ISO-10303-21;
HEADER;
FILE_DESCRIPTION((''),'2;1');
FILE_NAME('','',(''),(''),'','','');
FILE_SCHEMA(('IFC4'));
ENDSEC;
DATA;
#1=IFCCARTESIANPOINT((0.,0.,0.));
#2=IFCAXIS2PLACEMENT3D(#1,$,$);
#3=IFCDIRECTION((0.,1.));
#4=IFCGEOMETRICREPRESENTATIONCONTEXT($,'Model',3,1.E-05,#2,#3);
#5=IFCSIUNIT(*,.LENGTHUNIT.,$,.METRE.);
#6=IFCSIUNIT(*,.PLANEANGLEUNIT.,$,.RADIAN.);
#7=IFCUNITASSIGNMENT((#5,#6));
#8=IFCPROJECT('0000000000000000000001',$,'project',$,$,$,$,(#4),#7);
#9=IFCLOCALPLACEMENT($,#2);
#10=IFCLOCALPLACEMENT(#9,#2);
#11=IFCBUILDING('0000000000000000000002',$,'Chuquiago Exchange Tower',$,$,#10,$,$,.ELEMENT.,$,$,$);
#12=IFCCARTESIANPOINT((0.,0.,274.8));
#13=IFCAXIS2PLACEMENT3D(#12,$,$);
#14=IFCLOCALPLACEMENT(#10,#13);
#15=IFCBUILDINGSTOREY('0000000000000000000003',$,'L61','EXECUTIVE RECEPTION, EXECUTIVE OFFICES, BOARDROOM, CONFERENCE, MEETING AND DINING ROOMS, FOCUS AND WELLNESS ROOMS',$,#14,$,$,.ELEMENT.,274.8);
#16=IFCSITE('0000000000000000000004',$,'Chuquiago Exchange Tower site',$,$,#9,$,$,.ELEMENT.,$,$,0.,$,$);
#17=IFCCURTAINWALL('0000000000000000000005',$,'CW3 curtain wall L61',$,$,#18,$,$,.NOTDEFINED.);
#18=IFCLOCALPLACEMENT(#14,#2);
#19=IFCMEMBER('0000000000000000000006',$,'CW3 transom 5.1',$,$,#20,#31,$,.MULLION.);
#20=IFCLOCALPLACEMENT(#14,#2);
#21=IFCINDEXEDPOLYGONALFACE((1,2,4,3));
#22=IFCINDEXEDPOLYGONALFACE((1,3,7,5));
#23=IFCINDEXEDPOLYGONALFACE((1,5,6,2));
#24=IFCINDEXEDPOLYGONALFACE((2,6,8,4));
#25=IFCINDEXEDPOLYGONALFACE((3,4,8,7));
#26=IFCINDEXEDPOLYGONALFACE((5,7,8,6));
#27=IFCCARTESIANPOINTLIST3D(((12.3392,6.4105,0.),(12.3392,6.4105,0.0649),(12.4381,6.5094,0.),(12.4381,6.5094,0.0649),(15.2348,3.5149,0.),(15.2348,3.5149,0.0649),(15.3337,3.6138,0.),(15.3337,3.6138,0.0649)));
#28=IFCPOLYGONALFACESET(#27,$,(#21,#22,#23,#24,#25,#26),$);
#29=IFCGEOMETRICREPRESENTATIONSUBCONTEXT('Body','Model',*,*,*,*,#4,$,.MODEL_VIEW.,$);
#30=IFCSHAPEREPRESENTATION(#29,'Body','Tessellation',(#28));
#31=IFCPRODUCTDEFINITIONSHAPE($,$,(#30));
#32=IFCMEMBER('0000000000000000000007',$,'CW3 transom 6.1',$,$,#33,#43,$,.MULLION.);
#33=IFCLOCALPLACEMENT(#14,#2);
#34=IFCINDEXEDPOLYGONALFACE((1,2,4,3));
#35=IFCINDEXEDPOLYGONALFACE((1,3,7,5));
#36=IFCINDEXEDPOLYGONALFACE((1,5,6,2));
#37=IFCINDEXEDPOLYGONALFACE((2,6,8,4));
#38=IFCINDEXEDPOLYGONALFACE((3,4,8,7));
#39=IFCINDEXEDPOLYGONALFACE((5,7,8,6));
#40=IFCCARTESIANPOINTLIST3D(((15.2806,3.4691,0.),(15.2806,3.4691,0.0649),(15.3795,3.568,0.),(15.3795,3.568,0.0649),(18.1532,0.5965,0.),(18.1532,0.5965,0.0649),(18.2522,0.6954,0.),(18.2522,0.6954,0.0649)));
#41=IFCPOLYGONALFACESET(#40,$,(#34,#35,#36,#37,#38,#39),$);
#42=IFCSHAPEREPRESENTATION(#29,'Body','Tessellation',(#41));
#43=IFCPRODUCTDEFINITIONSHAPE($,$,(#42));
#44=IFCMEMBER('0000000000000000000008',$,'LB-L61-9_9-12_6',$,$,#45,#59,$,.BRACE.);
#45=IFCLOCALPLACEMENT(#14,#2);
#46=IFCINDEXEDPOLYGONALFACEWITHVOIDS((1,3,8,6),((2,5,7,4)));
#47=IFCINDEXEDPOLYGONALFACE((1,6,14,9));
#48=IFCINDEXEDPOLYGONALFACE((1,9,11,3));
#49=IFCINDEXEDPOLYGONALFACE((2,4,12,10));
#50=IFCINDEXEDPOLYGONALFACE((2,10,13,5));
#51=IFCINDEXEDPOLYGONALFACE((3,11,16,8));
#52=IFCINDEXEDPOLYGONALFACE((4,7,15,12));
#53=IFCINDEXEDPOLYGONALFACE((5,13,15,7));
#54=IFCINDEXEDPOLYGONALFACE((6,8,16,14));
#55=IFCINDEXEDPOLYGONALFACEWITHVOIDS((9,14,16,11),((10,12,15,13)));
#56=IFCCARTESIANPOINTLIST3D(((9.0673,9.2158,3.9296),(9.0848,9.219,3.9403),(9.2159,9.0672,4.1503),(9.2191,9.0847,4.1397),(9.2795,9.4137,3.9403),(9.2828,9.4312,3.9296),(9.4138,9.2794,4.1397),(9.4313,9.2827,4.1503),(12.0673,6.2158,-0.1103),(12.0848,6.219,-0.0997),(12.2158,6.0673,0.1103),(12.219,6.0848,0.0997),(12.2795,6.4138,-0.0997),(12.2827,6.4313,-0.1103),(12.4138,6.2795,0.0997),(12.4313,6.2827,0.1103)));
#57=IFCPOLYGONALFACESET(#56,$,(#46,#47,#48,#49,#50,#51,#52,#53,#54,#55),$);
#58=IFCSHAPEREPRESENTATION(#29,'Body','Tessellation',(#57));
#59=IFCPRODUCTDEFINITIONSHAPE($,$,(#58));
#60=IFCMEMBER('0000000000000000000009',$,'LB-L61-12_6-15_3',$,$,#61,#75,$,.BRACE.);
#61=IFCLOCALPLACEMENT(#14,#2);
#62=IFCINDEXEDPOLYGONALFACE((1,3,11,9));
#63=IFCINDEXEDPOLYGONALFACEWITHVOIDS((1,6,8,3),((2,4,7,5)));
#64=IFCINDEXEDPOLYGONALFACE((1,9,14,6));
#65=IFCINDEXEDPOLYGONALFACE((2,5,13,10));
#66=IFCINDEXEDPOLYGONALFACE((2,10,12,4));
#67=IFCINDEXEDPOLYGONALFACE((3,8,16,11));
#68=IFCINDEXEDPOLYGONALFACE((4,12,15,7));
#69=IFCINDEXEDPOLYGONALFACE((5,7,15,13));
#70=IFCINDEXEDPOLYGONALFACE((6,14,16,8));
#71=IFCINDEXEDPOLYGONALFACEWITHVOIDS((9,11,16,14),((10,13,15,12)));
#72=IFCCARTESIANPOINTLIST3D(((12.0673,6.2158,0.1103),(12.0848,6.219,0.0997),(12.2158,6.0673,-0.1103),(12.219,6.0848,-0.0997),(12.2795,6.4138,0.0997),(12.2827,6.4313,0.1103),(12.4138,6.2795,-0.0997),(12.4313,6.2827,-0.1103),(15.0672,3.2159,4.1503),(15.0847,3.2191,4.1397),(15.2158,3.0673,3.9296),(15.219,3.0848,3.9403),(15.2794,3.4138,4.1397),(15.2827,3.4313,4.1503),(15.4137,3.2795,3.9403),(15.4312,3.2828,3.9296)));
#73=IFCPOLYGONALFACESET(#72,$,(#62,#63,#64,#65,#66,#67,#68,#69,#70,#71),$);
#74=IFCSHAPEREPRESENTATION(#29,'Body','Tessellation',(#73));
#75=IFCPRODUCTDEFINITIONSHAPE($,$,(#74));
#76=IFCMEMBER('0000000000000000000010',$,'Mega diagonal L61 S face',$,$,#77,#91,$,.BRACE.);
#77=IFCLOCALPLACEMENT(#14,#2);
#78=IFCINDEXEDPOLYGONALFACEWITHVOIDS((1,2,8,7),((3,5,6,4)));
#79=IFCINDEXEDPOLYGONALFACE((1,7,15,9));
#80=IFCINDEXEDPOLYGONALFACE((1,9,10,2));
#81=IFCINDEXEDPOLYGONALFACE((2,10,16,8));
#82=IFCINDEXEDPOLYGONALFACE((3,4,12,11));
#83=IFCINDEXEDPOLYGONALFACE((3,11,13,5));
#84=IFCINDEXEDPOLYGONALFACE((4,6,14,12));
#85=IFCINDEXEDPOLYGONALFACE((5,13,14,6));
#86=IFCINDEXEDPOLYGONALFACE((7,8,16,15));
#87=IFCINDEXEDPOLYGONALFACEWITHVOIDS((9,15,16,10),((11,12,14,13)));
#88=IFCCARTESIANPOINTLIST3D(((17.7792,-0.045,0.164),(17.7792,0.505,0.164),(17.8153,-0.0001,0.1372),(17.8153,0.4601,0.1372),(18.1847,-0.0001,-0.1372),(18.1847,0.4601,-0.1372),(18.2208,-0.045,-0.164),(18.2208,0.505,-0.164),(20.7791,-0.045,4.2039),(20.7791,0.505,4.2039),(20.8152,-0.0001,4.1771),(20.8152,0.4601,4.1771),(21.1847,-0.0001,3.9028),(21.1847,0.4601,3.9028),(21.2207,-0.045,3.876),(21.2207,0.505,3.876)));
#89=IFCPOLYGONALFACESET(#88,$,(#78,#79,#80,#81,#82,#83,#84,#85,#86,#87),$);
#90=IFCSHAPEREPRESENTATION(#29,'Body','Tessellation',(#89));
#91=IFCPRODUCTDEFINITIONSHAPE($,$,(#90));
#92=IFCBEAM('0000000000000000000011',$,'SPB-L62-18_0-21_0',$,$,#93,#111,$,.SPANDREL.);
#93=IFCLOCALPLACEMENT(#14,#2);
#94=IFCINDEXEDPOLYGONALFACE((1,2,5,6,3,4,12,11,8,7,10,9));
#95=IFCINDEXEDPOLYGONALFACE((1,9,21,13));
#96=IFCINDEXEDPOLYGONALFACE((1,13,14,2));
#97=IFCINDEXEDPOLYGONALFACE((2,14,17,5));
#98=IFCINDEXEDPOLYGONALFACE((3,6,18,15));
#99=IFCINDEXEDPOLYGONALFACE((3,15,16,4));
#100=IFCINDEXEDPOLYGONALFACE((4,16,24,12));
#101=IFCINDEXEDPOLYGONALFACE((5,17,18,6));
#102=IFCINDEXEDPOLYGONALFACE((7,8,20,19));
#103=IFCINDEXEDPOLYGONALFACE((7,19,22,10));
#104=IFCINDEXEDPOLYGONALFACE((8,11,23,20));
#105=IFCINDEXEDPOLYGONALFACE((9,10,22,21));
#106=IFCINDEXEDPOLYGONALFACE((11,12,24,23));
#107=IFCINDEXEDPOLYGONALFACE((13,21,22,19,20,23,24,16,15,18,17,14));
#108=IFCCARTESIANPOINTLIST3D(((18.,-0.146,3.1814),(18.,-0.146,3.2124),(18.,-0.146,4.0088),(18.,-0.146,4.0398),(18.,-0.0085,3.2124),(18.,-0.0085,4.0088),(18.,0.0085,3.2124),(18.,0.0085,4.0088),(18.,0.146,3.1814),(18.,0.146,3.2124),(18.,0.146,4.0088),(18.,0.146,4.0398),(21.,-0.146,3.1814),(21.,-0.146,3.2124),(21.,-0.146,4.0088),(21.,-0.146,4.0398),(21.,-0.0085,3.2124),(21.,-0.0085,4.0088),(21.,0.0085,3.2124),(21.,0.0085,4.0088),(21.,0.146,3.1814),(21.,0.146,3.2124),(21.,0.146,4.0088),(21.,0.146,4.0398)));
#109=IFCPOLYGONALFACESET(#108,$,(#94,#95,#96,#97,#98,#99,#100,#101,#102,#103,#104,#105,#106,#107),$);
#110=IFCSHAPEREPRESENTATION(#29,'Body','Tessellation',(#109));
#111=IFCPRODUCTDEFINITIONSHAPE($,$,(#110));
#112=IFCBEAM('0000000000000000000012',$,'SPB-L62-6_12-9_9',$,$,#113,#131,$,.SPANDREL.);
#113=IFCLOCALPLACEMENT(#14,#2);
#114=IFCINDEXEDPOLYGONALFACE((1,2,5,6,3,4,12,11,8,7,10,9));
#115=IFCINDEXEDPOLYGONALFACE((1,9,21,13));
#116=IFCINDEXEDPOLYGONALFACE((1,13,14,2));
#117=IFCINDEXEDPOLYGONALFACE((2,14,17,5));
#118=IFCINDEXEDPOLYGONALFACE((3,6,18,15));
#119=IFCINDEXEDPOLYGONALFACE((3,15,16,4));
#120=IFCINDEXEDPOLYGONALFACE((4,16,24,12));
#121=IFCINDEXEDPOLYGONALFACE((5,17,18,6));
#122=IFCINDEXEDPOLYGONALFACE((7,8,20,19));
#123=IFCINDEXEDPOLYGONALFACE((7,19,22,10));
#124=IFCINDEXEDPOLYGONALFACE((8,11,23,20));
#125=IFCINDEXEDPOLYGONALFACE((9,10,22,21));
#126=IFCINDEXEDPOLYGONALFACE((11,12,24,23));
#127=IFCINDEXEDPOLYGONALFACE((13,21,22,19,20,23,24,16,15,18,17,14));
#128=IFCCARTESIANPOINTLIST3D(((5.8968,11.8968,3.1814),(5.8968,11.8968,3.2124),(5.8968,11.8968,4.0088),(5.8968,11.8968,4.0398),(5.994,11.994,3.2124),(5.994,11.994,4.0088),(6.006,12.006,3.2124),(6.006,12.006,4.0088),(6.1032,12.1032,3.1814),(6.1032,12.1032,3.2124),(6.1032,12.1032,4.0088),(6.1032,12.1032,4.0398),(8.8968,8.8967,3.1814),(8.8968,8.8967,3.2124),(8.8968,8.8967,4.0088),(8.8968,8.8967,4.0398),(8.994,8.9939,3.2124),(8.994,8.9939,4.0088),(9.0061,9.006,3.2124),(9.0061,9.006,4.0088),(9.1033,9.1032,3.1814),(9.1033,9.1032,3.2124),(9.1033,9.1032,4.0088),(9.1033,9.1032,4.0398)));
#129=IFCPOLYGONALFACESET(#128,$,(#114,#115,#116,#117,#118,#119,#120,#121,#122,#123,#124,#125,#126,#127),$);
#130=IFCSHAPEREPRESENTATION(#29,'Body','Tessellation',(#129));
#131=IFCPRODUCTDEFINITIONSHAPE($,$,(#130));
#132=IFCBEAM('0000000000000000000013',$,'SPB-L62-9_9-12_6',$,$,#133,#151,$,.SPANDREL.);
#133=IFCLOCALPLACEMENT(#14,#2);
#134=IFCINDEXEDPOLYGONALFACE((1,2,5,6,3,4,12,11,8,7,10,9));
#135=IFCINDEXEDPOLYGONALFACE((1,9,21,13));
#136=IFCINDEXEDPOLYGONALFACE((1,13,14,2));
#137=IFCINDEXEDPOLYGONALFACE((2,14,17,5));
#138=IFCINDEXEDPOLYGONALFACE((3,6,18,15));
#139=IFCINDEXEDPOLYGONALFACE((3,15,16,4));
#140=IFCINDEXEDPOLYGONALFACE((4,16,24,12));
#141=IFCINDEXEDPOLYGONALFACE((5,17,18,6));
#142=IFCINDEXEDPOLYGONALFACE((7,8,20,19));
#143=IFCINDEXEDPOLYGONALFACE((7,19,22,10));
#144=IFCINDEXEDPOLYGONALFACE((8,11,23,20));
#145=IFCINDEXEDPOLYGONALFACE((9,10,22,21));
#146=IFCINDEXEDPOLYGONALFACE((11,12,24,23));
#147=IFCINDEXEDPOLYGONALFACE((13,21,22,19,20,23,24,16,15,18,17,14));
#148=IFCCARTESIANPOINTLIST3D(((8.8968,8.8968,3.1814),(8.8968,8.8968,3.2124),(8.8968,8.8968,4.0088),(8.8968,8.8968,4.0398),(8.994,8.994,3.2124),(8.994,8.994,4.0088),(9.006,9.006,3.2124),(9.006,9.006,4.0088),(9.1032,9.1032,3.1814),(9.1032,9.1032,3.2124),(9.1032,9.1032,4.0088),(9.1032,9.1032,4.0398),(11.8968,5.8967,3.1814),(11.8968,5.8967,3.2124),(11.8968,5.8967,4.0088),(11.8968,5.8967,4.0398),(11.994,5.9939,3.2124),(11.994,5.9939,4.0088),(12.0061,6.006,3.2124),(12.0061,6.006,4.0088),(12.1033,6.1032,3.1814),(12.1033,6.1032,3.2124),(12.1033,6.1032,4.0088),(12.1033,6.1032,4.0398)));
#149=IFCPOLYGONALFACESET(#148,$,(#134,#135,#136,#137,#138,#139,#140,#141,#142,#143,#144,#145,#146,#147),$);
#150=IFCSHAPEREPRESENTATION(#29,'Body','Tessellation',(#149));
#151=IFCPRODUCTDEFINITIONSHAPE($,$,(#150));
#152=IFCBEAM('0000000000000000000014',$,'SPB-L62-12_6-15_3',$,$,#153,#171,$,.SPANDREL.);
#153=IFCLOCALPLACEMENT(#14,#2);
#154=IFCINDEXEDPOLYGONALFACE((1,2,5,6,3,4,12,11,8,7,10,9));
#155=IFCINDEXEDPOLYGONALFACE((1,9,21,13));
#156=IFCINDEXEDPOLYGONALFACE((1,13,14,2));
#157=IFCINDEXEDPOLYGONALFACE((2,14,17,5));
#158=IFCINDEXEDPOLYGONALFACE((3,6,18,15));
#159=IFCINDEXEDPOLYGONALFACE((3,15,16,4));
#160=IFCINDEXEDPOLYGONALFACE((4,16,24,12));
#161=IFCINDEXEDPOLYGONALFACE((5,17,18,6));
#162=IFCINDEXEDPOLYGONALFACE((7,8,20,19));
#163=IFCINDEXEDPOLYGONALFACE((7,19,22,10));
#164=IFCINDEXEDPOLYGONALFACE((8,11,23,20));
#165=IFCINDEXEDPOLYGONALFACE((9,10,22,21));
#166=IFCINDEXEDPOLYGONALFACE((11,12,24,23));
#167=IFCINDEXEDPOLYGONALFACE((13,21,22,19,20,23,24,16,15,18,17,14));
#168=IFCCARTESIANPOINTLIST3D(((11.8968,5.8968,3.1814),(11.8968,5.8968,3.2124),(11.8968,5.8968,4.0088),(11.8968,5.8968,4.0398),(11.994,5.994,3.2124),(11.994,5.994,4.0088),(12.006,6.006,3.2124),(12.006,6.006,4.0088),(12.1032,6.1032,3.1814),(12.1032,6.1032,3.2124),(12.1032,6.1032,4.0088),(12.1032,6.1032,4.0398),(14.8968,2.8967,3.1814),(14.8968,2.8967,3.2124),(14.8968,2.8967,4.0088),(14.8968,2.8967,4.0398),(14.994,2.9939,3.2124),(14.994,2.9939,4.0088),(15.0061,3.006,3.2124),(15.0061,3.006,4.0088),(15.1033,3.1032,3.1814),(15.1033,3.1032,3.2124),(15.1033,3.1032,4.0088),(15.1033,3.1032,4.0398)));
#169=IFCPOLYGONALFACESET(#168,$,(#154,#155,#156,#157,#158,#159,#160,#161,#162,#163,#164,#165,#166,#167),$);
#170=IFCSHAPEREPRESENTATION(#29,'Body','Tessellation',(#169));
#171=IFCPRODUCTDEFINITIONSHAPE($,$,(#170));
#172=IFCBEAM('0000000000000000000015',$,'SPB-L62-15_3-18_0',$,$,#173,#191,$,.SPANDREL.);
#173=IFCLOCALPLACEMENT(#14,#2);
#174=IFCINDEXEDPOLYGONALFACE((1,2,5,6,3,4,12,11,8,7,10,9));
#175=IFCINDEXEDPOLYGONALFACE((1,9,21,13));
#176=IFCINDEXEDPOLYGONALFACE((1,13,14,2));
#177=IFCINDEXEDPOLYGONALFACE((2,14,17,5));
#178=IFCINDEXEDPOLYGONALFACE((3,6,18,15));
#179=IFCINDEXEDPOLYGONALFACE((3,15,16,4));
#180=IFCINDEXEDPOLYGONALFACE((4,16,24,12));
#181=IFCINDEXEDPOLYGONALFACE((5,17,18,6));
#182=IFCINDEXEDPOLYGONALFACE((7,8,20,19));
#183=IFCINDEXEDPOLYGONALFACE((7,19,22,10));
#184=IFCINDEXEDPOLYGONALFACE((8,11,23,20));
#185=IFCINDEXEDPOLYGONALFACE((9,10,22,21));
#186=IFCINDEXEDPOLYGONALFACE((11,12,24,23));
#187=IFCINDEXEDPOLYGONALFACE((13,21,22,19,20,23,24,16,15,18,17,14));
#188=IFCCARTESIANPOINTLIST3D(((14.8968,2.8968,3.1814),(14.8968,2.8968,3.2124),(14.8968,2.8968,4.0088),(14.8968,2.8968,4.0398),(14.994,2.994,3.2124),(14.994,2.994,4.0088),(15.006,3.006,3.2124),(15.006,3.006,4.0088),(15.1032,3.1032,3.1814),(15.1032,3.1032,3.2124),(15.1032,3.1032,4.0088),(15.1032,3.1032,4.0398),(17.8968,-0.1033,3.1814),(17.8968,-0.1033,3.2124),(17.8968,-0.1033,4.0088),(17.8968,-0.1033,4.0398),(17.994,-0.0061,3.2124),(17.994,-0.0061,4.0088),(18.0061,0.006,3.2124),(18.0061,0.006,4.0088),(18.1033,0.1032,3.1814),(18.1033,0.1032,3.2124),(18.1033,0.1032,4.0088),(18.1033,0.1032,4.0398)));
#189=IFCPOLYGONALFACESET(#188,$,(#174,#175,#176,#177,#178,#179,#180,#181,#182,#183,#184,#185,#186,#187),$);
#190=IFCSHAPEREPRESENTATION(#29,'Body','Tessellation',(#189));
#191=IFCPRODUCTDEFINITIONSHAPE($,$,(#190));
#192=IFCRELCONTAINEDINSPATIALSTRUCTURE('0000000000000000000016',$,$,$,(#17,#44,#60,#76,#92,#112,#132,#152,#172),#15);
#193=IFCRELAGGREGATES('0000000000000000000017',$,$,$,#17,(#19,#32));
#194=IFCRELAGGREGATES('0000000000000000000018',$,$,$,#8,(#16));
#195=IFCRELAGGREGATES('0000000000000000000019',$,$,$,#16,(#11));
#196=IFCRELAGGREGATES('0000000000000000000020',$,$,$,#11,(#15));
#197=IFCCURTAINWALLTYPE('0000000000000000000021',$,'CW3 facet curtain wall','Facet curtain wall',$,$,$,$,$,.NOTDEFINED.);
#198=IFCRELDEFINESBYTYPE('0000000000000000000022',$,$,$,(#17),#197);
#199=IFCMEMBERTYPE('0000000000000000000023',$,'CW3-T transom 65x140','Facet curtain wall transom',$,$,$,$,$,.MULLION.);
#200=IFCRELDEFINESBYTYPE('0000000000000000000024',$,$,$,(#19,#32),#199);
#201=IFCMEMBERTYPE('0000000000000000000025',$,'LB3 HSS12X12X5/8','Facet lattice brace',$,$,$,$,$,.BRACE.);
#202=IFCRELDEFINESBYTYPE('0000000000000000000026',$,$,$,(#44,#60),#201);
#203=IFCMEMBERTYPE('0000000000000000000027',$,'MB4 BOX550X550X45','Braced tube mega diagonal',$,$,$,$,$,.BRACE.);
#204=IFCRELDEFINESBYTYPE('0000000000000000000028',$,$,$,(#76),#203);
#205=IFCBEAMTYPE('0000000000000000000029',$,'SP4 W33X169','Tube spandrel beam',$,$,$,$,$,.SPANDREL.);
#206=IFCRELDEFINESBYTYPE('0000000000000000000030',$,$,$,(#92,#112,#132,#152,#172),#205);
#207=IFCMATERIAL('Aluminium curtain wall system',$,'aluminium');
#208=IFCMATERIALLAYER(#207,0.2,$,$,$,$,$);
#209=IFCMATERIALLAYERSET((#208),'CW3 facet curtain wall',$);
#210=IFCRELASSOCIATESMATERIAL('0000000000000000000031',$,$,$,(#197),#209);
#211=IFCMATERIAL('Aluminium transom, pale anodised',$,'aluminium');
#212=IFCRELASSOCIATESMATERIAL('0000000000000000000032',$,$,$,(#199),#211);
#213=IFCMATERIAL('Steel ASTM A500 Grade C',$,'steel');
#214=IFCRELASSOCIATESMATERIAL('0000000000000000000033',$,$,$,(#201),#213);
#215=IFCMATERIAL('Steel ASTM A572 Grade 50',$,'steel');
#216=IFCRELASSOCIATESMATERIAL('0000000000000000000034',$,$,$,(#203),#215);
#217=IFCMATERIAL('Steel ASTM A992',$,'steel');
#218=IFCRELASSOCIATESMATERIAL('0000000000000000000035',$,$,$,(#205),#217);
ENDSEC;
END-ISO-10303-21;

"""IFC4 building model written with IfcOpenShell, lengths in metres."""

from ifc_helpers import new_model, si_unit, direction, frame, origin, origin_2d, place, context, subcontext, project, spatial, rectangle, hollow_rectangle, i_section, extrude, material, layer, layer_set, material_profile, profile_set, type_object, element, aggregate, save


model = new_model("IFC4")

# Units and contexts
model_context = context("Model", 3, precision=1e-05, world=origin(), true_north=direction((0.0, 1.0)))
body_context = subcontext(model_context, "Body", "Model", "MODEL_VIEW")
ifc_project = project(units=[si_unit("LENGTHUNIT", "METRE"), si_unit("PLANEANGLEUNIT", "RADIAN")], contexts=[model_context])

# Site, building, storey
site_placement = place(None, origin())
site = spatial("IfcSite", under=ifc_project, at=site_placement, Name="Chuquiago Exchange Tower site", CompositionType="ELEMENT", RefElevation=0.0)
building_placement = place(site_placement, origin())
building = spatial("IfcBuilding", under=site, at=building_placement, Name="Chuquiago Exchange Tower", CompositionType="ELEMENT")
storey_placement = place(building_placement, frame((0.0, 0.0, 274.8)))
storey = spatial("IfcBuildingStorey", under=building, at=storey_placement, Name="L61", Description="EXECUTIVE RECEPTION, EXECUTIVE OFFICES, BOARDROOM, CONFERENCE, MEETING AND DINING ROOMS, FOCUS AND WELLNESS ROOMS", CompositionType="ELEMENT", Elevation=274.8)

# Curtain wall, members
ifc_material_1 = material(Name="Aluminium curtain wall system", Category="aluminium")
ifc_layer_1 = layer(ifc_material_1, 0.2)
ifc_layer_set_1 = layer_set([ifc_layer_1], Name="CW3 facet curtain wall")
curtain_wall_type = type_object("IfcCurtainWallType", Name="CW3 facet curtain wall", Description="Facet curtain wall", PredefinedType="NOTDEFINED", material=ifc_layer_set_1)
curtain_wall_placement = place(storey_placement, origin())
curtain_wall = element("IfcCurtainWall", 1, at=curtain_wall_placement, inside=storey, type_object=curtain_wall_type, Name="CW3 curtain wall L61", PredefinedType="NOTDEFINED")
ifc_material_2 = material(Name="Aluminium transom, pale anodised", Category="aluminium")
ifc_material_profile_1 = material_profile(ifc_material_2, rectangle(XDim=0.1399, YDim=0.0649, at=origin_2d()), Name="AL 140x65")
ifc_profile_set_1 = profile_set([ifc_material_profile_1], Name="Aluminium transom, pale anodised")
member_type_1 = type_object("IfcMemberType", Name="CW3-T transom 65x140", Description="Facet curtain wall transom", PredefinedType="MULLION", material=ifc_profile_set_1)
member_1_placement = place(storey_placement, frame((12.3887, 6.46, 0.0325), z_axis=(0.707107, -0.707107, 0.0), x_axis=(0.707107, 0.707107, 0.0)))
member_1 = element("IfcMember", 2, at=member_1_placement, type_object=member_type_1, Name="CW3 transom 5.1", PredefinedType="MULLION", context=body_context, shape_type="SweptSolid", body=[
    extrude(rectangle(XDim=0.1399, YDim=0.0649, at=origin_2d()), origin(), (0.0, 0.0, 1.0), 4.095),
])
member_2_placement = place(storey_placement, frame((15.3301, 3.5186, 0.0325), z_axis=(0.707107, -0.707107, 0.0), x_axis=(0.707107, 0.707107, 0.0)))
member_2 = element("IfcMember", 3, at=member_2_placement, type_object=member_type_1, Name="CW3 transom 6.1", PredefinedType="MULLION", context=body_context, shape_type="SweptSolid", body=[
    extrude(rectangle(XDim=0.1399, YDim=0.0649, at=origin_2d()), origin(), (0.0, 0.0, 1.0), 4.0625),
])

# Members
ifc_material_3 = material(Name="Steel ASTM A500 Grade C", Category="steel")
ifc_material_profile_2 = material_profile(ifc_material_3, hollow_rectangle(XDim=0.3047, YDim=0.3047, WallThickness=0.0146, at=origin_2d()), Name="HSS12X12X5/8")
ifc_profile_set_2 = profile_set([ifc_material_profile_2], Name="Steel ASTM A500 Grade C")
member_type_2 = type_object("IfcMemberType", Name="LB3 HSS12X12X5/8", Description="Facet lattice brace", PredefinedType="BRACE", material=ifc_profile_set_2)
for number, where, z_axis, x_axis, name in (
    (4, (12.2493, 6.2493, 0.0), (-0.512077, 0.512077, 0.689604), (-0.707107, -0.707107, 0.0), "LB-L61-9_9-12_6"),
    (5, (12.2493, 6.2493, 0.0), (0.512077, -0.512077, 0.689604), (0.707107, 0.707107, 0.0), "LB-L61-12_6-15_3"),
):
    element("IfcMember", number, at=place(storey_placement, frame(where, z_axis=z_axis, x_axis=x_axis)), inside=storey, type_object=member_type_2, Name=name, PredefinedType="BRACE", context=body_context, shape_type="SweptSolid", body=[
        extrude(hollow_rectangle(XDim=0.3047, YDim=0.3047, WallThickness=0.0146, at=origin_2d()), origin(), (0.0, 0.0, 1.0), 5.8584),
    ])
ifc_material_4 = material(Name="Steel ASTM A572 Grade 50", Category="steel")
ifc_material_profile_3 = material_profile(ifc_material_4, hollow_rectangle(XDim=0.55, YDim=0.55, WallThickness=0.0449, at=origin_2d()), Name="BOX550X550X45")
ifc_profile_set_3 = profile_set([ifc_material_profile_3], Name="Steel ASTM A572 Grade 50")
member_type_3 = type_object("IfcMemberType", Name="MB4 BOX550X550X45", Description="Braced tube mega diagonal", PredefinedType="BRACE", material=ifc_profile_set_3)
member_3_placement = place(storey_placement, frame((18.0, 0.23, 0.0), z_axis=(0.596174, 0.0, 0.802855), x_axis=(0.0, 1.0, 0.0)))
element("IfcMember", 6, at=member_3_placement, inside=storey, type_object=member_type_3, Name="Mega diagonal L61 S face", PredefinedType="BRACE", context=body_context, shape_type="SweptSolid", body=[
    extrude(hollow_rectangle(XDim=0.55, YDim=0.55, WallThickness=0.0449, at=origin_2d()), origin(), (0.0, 0.0, 1.0), 5.032),
])

# Beams
ifc_material_5 = material(Name="Steel ASTM A992", Category="steel")
ifc_material_profile_4 = material_profile(ifc_material_5, i_section(OverallWidth=0.292, OverallDepth=0.8584, WebThickness=0.0171, FlangeThickness=0.031, at=origin_2d()), Name="W33X169")
ifc_profile_set_4 = profile_set([ifc_material_profile_4], Name="Steel ASTM A992")
beam_type_1 = type_object("IfcBeamType", Name="SP4 W33X169", Description="Tube spandrel beam", PredefinedType="SPANDREL", material=ifc_profile_set_4)
beam_1_placement = place(storey_placement, frame((18.0, 0.0, 3.6106), z_axis=(1.0, 0.0, 0.0), x_axis=(0.0, 1.0, 0.0)))
element("IfcBeam", 7, at=beam_1_placement, inside=storey, type_object=beam_type_1, Name="SPB-L62-18_0-21_0", PredefinedType="SPANDREL", context=body_context, shape_type="SweptSolid", body=[
    extrude(i_section(OverallWidth=0.292, OverallDepth=0.8584, WebThickness=0.0171, FlangeThickness=0.031, at=origin_2d()), origin(), (0.0, 0.0, 1.0), 3.0),
])
for number, where, z_axis, x_axis, name in (
    (8, (6.0, 12.0, 3.6106), (0.707107, -0.707107, 0.0), (0.707107, 0.707107, 0.0), "SPB-L62-6_12-9_9"),
    (9, (9.0, 9.0, 3.6106), (0.707107, -0.707107, 0.0), (0.707107, 0.707107, 0.0), "SPB-L62-9_9-12_6"),
    (10, (12.0, 6.0, 3.6106), (0.707107, -0.707107, 0.0), (0.707107, 0.707107, 0.0), "SPB-L62-12_6-15_3"),
    (11, (15.0, 3.0, 3.6106), (0.707107, -0.707107, 0.0), (0.707107, 0.707107, 0.0), "SPB-L62-15_3-18_0"),
):
    element("IfcBeam", number, at=place(storey_placement, frame(where, z_axis=z_axis, x_axis=x_axis)), inside=storey, type_object=beam_type_1, Name=name, PredefinedType="SPANDREL", context=body_context, shape_type="SweptSolid", body=[
        extrude(i_section(OverallWidth=0.292, OverallDepth=0.8584, WebThickness=0.0171, FlangeThickness=0.031, at=origin_2d()), origin(), (0.0, 0.0, 1.0), 4.2427),
    ])

aggregate(curtain_wall, [member_1, member_2])

save(model, "model.ifc")
